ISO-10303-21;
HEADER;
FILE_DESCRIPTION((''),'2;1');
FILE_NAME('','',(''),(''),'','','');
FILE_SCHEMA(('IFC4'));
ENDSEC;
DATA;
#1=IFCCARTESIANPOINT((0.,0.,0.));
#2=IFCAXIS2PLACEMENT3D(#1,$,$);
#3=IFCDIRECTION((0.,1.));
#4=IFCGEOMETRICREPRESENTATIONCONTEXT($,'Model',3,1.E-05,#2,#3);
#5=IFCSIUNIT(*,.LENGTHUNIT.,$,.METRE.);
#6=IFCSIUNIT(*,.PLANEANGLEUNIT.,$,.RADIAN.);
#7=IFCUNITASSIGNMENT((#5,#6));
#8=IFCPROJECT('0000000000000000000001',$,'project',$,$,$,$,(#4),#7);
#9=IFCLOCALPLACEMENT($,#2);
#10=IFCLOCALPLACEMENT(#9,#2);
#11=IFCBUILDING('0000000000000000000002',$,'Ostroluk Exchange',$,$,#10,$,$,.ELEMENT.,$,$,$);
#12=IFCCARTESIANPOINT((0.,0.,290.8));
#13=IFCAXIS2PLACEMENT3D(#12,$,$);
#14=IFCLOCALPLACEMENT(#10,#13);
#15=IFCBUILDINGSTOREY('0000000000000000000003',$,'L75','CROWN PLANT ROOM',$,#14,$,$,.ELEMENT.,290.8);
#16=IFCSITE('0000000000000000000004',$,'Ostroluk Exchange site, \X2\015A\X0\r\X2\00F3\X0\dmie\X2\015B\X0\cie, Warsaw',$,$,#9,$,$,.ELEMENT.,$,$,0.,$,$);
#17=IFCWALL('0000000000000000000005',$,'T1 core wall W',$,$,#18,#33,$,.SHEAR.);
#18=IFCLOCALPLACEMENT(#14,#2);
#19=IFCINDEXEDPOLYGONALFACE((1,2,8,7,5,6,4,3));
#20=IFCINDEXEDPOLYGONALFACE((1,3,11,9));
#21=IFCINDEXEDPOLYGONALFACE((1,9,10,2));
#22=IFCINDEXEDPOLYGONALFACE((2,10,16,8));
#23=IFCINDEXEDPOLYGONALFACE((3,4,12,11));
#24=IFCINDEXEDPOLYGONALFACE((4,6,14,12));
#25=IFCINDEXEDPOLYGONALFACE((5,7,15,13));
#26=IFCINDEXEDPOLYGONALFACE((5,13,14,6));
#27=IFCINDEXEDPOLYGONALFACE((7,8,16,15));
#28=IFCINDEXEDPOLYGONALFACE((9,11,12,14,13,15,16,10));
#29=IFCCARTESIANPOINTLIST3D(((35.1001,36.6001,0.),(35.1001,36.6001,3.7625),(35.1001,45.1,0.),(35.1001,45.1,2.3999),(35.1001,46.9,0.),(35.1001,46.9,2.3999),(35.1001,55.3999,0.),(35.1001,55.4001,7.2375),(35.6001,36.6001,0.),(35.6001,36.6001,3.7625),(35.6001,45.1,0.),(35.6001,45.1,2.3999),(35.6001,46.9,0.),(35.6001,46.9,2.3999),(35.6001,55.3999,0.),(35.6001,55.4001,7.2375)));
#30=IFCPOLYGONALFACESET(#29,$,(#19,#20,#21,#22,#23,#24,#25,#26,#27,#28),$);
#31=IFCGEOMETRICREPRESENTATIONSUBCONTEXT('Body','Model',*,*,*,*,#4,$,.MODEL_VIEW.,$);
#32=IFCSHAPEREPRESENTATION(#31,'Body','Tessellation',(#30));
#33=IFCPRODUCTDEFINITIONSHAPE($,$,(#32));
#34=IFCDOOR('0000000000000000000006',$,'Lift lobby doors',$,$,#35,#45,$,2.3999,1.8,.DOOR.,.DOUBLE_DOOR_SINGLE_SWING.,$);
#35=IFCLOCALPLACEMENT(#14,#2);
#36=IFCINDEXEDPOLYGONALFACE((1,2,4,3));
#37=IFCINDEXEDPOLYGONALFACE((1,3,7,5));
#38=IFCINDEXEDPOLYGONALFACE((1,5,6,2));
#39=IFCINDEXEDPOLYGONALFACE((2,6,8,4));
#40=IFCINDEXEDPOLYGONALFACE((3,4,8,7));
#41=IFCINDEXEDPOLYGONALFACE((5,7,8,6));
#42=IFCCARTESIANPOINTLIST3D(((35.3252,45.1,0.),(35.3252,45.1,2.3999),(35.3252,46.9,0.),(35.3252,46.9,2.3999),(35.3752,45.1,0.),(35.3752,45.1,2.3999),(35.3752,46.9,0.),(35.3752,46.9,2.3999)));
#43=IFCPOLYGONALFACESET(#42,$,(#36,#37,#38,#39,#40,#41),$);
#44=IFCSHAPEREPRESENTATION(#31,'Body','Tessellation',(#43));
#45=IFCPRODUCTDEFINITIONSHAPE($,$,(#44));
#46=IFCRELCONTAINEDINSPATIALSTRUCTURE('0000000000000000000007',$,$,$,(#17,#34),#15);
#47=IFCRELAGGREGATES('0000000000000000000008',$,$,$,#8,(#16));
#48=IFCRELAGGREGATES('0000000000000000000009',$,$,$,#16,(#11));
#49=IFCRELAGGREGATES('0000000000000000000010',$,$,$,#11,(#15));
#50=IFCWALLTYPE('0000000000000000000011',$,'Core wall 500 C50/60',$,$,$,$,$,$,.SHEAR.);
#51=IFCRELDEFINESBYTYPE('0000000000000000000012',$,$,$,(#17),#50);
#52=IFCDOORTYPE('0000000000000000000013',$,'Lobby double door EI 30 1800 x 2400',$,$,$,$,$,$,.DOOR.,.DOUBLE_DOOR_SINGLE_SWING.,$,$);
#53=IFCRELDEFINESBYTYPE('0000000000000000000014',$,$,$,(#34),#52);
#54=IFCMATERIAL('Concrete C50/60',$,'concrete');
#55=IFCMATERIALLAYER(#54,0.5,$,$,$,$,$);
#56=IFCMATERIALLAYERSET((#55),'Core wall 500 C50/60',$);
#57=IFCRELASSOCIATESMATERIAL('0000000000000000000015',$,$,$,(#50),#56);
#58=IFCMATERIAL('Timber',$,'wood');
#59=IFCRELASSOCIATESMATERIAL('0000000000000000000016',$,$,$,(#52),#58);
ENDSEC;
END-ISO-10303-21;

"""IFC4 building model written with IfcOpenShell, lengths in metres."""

from ifc_helpers import new_model, si_unit, direction, frame, frame_2d, origin, place, context, subcontext, project, spatial, polyline, rectangle, outline, extrude, material, layer, layer_set, type_object, element, fill, save


model = new_model("IFC4")

# Units and contexts
model_context = context("Model", 3, precision=1e-05, world=origin(), true_north=direction((0.0, 1.0)))
body_context = subcontext(model_context, "Body", "Model", "MODEL_VIEW")
ifc_project = project(units=[si_unit("LENGTHUNIT", "METRE"), si_unit("PLANEANGLEUNIT", "RADIAN")], contexts=[model_context])

# Site, building, storey
site_placement = place(None, origin())
site = spatial("IfcSite", under=ifc_project, at=site_placement, Name="Ostroluk Exchange site, Śródmieście, Warsaw", CompositionType="ELEMENT", RefElevation=0.0)
building_placement = place(site_placement, origin())
building = spatial("IfcBuilding", under=site, at=building_placement, Name="Ostroluk Exchange", CompositionType="ELEMENT")
storey_placement = place(building_placement, frame((0.0, 0.0, 290.8)))
storey = spatial("IfcBuildingStorey", under=building, at=storey_placement, Name="L75", Description="CROWN PLANT ROOM", CompositionType="ELEMENT", Elevation=290.8)

# Shared definitions
ifc_material_1 = material(Name="Concrete C50/60", Category="concrete")
ifc_layer_1 = layer(ifc_material_1, 0.5)
ifc_layer_set_1 = layer_set([ifc_layer_1], Name="Core wall 500 C50/60")
wall_type_1 = type_object("IfcWallType", Name="Core wall 500 C50/60", PredefinedType="SHEAR", material=ifc_layer_set_1)

# Wall, opening, door
wall_1_placement = place(storey_placement, frame((35.3501, 36.6001, 0.0), z_axis=(0.0, 0.0, 1.0), x_axis=(0.0, 1.0, 0.0)))
wall_1 = element("IfcWall", 1, at=wall_1_placement, inside=storey, type_object=wall_type_1, Name="T1 core wall W", PredefinedType="SHEAR", context=body_context, shape_type="SweptSolid", body=[
    extrude(outline(polyline([(0.0, 0.0), (18.7998, 0.0), (18.8, 7.2375), (0.0, 3.7625), (0.0, 0.0)])), frame((0.0, 0.25, 0.0), z_axis=(0.0, -1.0, 0.0), x_axis=(1.0, 0.0, 0.0)), (0.0, 0.0, 1.0), 0.5),
])
opening_1_placement = place(wall_1_placement, frame((8.5, 0.0, 0.0)))
opening_1 = element("IfcOpeningElement", 2, at=opening_1_placement, cuts=wall_1, PredefinedType="OPENING", context=body_context, shape_type="SweptSolid", body=[
    extrude(rectangle(XDim=1.8, YDim=2.3999, at=frame_2d((0.8999, 1.2))), frame((0.0, 0.26, 0.0), z_axis=(0.0, -1.0, 0.0), x_axis=(1.0, 0.0, 0.0)), (0.0, 0.0, 1.0), 0.52),
])
ifc_material_2 = material(Name="Timber", Category="wood")
door_type_1 = type_object("IfcDoorType", Name="Lobby double door EI 30 1800 x 2400", OperationType="DOUBLE_DOOR_SINGLE_SWING", PredefinedType="DOOR", material=ifc_material_2)
door_1_placement = place(opening_1_placement, origin())
door_1 = element("IfcDoor", 3, at=door_1_placement, inside=storey, type_object=door_type_1, Name="Lift lobby doors", OperationType="DOUBLE_DOOR_SINGLE_SWING", OverallHeight=2.3999, OverallWidth=1.8, PredefinedType="DOOR", context=body_context, shape_type="SweptSolid", body=[
    extrude(rectangle(XDim=1.8, YDim=2.3999, at=frame_2d((0.8999, 1.2))), frame((0.0, 0.0249, 0.0), z_axis=(0.0, -1.0, 0.0), x_axis=(1.0, 0.0, 0.0)), (0.0, 0.0, 1.0), 0.05),
])
fill(opening_1, door_1)

save(model, "model.ifc")
